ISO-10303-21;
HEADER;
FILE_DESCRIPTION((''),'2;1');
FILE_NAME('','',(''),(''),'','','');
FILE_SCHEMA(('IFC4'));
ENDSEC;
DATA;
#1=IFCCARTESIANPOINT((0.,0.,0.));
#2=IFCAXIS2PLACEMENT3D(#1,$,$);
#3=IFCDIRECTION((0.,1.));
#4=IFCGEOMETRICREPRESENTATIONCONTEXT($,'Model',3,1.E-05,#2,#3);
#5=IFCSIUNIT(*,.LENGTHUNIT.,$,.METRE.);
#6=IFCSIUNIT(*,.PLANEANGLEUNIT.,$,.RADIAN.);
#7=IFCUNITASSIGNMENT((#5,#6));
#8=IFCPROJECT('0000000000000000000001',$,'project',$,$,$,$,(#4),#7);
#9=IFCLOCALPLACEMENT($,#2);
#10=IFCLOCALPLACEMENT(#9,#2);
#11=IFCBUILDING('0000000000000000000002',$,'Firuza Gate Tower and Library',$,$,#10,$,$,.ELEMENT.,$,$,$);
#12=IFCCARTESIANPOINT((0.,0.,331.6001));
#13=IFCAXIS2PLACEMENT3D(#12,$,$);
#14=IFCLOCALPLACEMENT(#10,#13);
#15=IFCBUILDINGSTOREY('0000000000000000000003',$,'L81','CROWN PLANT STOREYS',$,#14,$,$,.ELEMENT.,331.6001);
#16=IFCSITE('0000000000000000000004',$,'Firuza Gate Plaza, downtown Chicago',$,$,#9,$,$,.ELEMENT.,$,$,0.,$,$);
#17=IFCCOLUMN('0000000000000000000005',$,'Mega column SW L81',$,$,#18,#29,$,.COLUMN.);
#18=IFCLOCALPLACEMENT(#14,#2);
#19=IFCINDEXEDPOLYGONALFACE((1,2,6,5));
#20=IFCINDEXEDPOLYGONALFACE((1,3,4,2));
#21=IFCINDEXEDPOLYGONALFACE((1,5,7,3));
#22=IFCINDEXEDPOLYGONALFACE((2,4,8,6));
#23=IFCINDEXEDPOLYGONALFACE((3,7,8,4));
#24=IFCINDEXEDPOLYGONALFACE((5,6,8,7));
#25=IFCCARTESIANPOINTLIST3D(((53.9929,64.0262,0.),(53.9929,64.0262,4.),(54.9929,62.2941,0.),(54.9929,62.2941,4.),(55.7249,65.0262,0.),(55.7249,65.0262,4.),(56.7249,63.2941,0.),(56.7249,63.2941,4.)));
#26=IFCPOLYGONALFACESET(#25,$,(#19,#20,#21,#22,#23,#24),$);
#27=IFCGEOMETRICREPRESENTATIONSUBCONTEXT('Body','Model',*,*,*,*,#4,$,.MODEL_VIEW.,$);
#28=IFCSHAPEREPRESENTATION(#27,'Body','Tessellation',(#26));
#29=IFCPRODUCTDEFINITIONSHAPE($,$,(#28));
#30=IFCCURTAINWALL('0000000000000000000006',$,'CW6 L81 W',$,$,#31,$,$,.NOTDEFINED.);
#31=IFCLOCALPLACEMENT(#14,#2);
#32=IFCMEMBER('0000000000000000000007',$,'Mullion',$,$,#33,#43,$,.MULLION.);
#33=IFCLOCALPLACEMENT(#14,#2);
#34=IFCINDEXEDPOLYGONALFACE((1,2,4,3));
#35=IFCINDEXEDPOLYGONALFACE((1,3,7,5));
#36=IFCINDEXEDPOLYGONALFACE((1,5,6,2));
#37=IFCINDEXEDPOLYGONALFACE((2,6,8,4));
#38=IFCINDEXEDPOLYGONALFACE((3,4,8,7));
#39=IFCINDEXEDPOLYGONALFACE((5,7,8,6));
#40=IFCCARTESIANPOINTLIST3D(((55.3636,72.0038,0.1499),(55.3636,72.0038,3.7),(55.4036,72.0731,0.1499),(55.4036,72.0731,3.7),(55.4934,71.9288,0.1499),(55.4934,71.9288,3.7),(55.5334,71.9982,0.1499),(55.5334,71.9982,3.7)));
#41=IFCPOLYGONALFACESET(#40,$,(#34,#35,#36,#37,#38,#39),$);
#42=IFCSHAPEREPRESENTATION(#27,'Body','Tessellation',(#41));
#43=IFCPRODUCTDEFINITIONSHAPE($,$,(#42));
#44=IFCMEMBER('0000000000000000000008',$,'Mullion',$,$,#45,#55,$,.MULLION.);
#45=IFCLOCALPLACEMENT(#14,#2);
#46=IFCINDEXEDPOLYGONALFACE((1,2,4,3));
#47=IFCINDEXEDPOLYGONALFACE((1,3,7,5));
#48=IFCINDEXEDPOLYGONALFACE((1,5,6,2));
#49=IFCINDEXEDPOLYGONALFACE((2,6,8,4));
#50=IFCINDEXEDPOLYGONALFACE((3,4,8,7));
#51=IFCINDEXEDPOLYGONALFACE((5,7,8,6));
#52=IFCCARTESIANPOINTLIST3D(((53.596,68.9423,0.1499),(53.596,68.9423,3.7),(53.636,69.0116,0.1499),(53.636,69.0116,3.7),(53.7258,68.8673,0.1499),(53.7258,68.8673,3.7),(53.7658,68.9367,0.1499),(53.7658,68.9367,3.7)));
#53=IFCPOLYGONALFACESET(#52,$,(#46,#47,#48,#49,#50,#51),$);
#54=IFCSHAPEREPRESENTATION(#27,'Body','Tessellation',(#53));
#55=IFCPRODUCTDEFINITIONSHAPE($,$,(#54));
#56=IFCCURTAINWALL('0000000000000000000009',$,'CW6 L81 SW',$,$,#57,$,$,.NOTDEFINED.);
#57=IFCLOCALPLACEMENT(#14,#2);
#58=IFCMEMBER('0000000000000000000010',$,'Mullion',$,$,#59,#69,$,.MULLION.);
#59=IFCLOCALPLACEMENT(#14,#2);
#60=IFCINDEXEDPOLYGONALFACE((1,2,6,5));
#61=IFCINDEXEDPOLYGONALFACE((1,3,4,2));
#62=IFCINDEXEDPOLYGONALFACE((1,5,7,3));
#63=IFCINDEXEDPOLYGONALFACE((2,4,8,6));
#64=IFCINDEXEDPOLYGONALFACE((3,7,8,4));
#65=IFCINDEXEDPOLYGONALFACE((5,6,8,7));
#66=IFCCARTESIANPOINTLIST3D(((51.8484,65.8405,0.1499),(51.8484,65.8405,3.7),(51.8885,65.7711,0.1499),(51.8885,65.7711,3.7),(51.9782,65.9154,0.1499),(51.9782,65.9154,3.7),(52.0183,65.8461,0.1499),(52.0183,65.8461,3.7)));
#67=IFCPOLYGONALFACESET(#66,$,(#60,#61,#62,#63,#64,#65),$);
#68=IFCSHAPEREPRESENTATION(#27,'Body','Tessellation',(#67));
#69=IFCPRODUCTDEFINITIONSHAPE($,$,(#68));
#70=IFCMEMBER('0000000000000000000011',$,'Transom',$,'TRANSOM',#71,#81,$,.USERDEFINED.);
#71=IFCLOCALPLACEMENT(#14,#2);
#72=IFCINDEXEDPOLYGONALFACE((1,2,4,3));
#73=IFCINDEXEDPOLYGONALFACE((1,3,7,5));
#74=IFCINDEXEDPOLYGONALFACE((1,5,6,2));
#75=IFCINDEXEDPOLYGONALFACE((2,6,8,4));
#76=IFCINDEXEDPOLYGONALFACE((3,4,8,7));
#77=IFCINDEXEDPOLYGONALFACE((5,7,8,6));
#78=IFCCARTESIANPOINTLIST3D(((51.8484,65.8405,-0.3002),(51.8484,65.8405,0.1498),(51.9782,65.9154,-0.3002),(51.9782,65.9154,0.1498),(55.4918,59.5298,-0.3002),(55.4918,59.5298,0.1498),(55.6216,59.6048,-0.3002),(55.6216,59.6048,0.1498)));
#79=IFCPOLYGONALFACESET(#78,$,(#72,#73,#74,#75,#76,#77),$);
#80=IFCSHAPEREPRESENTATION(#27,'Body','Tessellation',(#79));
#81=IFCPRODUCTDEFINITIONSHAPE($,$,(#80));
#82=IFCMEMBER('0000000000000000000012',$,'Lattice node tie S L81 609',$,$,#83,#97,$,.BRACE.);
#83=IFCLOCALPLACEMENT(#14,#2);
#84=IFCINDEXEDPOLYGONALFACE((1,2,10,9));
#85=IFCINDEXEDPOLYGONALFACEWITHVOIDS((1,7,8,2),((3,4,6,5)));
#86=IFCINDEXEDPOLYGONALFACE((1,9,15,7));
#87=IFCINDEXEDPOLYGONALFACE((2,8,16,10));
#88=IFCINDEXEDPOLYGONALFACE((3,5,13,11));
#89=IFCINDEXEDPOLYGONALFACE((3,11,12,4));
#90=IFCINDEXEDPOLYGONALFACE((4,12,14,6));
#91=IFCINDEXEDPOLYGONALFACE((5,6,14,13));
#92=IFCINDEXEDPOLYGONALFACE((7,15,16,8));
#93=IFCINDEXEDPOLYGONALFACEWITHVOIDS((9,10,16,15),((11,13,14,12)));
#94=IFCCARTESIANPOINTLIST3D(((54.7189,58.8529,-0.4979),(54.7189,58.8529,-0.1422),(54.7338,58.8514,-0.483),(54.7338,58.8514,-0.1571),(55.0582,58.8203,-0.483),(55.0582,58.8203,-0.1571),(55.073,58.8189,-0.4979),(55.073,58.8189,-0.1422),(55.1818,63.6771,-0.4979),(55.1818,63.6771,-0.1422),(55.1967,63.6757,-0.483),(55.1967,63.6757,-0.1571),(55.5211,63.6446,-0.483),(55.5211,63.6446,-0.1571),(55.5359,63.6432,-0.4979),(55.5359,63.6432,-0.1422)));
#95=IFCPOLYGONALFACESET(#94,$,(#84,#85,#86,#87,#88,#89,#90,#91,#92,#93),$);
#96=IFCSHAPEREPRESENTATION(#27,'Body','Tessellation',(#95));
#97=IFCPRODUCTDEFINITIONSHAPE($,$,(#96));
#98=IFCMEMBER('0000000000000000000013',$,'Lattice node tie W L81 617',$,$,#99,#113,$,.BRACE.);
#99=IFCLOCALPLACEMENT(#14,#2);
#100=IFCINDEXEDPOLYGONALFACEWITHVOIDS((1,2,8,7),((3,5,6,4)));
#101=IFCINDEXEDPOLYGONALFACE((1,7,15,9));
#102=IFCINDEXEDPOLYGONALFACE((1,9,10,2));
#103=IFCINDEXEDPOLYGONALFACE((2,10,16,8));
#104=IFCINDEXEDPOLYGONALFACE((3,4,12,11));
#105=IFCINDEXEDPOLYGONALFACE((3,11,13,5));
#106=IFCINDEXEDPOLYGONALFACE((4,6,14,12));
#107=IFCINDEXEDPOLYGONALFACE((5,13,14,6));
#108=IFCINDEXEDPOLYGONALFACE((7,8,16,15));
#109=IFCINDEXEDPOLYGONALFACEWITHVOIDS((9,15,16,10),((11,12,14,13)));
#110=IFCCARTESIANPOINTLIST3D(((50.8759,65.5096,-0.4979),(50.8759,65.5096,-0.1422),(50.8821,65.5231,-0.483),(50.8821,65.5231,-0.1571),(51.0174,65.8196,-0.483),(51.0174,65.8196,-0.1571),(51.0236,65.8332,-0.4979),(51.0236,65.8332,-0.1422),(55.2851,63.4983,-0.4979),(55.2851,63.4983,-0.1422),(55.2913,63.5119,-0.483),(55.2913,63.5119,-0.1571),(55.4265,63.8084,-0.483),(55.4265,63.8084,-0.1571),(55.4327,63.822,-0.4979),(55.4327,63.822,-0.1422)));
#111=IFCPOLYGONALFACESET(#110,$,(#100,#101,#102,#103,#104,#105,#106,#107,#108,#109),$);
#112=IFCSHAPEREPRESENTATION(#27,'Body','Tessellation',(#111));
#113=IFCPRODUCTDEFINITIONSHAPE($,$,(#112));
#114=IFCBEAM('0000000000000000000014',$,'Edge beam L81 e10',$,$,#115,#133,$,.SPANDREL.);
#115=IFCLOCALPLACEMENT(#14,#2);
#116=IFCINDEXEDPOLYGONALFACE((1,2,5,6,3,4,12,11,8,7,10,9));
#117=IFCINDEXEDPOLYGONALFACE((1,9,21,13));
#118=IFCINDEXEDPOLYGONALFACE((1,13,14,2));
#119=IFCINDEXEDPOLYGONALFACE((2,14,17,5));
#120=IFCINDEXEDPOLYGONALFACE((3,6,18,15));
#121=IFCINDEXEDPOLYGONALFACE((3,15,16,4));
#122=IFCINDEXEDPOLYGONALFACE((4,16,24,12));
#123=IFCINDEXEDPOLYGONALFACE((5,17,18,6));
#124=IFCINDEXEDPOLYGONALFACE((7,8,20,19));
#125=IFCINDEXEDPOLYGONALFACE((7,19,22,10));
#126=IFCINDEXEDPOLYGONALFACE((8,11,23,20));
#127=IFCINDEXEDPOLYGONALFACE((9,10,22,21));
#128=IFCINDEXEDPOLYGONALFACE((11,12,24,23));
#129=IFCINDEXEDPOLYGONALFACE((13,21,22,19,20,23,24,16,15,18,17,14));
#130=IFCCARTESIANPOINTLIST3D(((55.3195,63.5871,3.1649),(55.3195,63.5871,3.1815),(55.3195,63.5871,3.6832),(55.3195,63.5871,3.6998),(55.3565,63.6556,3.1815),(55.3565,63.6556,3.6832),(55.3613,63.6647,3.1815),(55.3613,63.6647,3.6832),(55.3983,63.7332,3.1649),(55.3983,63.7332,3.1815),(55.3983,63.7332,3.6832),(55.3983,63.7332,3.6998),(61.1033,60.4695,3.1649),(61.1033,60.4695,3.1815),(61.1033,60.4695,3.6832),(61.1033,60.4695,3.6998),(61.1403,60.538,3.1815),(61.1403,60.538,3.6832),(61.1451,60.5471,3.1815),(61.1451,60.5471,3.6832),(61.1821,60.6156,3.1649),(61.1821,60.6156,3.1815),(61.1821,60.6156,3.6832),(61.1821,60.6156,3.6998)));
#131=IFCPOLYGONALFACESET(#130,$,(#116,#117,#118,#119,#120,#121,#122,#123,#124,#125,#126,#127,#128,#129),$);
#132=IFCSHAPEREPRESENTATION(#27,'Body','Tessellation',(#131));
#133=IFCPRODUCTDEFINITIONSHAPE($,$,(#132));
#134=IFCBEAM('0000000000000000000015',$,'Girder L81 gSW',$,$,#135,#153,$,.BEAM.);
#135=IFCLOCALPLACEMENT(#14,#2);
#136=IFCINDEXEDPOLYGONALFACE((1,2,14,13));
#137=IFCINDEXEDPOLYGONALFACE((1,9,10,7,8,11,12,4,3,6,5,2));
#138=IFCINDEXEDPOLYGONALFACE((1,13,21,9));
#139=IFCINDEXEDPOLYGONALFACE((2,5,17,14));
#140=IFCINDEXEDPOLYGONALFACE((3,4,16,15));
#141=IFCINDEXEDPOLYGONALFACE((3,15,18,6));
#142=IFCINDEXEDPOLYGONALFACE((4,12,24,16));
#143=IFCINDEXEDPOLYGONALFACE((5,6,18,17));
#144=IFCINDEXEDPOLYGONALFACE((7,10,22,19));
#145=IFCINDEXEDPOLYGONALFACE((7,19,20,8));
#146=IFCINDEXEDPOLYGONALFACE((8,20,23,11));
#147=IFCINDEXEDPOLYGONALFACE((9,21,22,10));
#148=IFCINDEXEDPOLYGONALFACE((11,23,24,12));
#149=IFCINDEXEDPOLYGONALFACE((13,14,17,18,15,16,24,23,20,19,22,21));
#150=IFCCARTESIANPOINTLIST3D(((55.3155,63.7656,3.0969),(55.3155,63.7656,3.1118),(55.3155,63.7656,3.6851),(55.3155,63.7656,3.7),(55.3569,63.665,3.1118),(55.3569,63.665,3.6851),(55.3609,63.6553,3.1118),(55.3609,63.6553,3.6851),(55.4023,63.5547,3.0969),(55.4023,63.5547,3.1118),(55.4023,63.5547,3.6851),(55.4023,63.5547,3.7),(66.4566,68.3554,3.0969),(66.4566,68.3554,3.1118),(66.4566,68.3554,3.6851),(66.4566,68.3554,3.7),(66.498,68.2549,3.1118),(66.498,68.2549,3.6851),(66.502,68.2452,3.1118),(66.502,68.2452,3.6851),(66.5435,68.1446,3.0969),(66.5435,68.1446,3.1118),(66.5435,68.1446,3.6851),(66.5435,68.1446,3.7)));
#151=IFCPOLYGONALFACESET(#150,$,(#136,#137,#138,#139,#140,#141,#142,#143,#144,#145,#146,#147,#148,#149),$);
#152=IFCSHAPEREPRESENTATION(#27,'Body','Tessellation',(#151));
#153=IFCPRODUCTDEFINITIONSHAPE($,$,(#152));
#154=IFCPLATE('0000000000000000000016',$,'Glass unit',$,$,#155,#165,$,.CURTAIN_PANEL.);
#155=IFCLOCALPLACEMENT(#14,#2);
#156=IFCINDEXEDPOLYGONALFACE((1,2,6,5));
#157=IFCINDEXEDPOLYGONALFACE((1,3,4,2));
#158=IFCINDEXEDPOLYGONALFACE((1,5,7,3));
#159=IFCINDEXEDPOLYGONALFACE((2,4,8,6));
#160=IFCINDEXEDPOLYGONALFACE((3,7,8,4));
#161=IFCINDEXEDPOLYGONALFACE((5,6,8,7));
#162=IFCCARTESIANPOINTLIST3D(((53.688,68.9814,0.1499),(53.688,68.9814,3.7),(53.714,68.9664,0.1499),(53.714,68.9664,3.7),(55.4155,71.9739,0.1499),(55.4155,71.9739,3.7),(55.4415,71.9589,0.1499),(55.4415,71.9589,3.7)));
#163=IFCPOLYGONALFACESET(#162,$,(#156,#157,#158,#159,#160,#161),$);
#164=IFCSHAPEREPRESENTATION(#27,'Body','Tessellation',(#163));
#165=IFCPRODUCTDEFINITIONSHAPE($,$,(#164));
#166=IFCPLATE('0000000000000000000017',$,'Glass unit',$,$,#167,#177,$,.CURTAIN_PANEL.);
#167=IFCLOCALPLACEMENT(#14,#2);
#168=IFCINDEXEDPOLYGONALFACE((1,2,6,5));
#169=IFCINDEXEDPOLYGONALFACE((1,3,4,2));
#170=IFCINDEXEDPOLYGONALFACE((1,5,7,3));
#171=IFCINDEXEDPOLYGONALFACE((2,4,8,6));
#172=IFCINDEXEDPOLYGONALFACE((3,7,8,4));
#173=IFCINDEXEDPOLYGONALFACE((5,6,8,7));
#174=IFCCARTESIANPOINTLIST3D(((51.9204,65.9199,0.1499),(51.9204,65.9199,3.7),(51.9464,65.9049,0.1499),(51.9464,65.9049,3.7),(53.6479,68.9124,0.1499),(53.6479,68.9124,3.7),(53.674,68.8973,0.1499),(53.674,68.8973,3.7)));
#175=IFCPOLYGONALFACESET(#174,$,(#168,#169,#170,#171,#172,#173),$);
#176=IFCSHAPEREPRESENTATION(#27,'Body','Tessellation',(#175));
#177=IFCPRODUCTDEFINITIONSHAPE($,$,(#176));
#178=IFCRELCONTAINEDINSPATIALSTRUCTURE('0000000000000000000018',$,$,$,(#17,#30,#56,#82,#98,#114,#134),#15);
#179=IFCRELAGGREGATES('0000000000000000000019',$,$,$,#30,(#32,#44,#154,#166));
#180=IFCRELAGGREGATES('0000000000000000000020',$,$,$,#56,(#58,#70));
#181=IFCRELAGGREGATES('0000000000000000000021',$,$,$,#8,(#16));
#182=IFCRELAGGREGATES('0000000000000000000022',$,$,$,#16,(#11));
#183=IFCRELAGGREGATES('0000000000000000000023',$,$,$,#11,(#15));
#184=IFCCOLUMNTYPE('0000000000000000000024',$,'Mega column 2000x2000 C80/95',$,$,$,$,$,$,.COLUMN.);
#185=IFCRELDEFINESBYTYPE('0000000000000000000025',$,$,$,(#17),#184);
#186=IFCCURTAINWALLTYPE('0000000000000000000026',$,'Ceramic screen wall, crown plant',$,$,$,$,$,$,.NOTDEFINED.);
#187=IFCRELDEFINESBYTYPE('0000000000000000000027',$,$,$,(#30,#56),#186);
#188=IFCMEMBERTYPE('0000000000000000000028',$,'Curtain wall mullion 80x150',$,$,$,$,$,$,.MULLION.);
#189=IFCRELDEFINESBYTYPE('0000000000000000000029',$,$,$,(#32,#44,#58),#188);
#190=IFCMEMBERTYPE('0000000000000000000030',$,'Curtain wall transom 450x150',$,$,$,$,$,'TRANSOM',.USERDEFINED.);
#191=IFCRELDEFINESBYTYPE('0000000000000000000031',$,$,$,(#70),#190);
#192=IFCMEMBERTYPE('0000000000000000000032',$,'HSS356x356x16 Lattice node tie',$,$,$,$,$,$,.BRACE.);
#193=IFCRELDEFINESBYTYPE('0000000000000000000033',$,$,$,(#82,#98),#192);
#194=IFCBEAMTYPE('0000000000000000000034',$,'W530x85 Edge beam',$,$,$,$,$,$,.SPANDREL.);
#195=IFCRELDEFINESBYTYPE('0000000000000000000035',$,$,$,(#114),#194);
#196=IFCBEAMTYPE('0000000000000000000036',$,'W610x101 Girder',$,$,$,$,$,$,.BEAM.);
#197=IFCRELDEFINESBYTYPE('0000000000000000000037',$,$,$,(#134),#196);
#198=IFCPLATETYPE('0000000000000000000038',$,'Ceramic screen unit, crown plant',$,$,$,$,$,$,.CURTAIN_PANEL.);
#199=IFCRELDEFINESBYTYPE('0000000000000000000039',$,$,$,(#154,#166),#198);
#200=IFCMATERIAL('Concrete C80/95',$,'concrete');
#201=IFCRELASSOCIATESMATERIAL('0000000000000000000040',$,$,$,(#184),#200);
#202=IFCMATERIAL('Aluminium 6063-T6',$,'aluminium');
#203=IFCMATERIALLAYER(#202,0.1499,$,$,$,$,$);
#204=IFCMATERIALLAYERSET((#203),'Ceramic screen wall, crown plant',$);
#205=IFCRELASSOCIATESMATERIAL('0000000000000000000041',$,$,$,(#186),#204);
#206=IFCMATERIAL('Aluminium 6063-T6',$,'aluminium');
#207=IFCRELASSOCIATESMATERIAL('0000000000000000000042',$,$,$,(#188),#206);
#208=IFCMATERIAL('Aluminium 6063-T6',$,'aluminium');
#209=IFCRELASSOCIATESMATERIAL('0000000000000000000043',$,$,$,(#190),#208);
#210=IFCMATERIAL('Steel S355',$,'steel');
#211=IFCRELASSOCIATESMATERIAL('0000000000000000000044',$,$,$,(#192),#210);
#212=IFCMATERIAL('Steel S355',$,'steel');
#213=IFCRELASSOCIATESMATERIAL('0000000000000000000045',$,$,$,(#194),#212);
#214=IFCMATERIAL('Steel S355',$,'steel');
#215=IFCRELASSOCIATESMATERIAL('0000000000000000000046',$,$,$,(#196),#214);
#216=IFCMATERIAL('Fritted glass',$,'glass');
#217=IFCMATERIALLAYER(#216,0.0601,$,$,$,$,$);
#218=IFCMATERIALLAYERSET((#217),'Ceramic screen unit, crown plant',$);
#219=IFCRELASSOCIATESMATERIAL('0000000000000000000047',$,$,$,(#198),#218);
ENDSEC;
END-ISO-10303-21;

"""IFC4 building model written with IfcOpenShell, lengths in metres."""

from ifc_helpers import new_model, si_unit, direction, frame, origin, origin_2d, place, context, subcontext, project, spatial, polyline, rectangle, hollow_rectangle, i_section, outline, extrude, material, layer, layer_set, material_profile, profile_set, type_object, element, aggregate, save


model = new_model("IFC4")

# Units and contexts
model_context = context("Model", 3, precision=1e-05, world=origin(), true_north=direction((0.0, 1.0)))
body_context = subcontext(model_context, "Body", "Model", "MODEL_VIEW")
ifc_project = project(units=[si_unit("LENGTHUNIT", "METRE"), si_unit("PLANEANGLEUNIT", "RADIAN")], contexts=[model_context])

# Site, building, storey
site_placement = place(None, origin())
site = spatial("IfcSite", under=ifc_project, at=site_placement, Name="Firuza Gate Plaza, downtown Chicago", CompositionType="ELEMENT", RefElevation=0.0)
building_placement = place(site_placement, origin())
building = spatial("IfcBuilding", under=site, at=building_placement, Name="Firuza Gate Tower and Library", CompositionType="ELEMENT")
storey_placement = place(building_placement, frame((0.0, 0.0, 331.6001)))
storey = spatial("IfcBuildingStorey", under=building, at=storey_placement, Name="L81", Description="CROWN PLANT STOREYS", CompositionType="ELEMENT", Elevation=331.6001)

# Column
ifc_material_1 = material(Name="Concrete C80/95", Category="concrete")
ifc_material_profile_1 = material_profile(ifc_material_1, rectangle(XDim=2.0, YDim=2.0, at=origin_2d()))
ifc_profile_set_1 = profile_set([ifc_material_profile_1], Name="Concrete C80/95")
column_type = type_object("IfcColumnType", Name="Mega column 2000x2000 C80/95", PredefinedType="COLUMN", material=ifc_profile_set_1)
column_placement = place(storey_placement, frame((55.3589, 63.6602, 0.0), z_axis=(0.0, 0.0, 1.0), x_axis=(0.5, -0.866025, 0.0)))
element("IfcColumn", 1, at=column_placement, inside=storey, type_object=column_type, Name="Mega column SW L81", PredefinedType="COLUMN", context=body_context, shape_type="SweptSolid", body=[
    extrude(rectangle(XDim=2.0, YDim=2.0, at=origin_2d()), origin(), (0.0, 0.0, 1.0), 4.0),
])

# Curtain walls, members
ifc_material_2 = material(Name="Aluminium 6063-T6", Category="aluminium")
ifc_layer_1 = layer(ifc_material_2, 0.1499)
ifc_layer_set_1 = layer_set([ifc_layer_1], Name="Ceramic screen wall, crown plant")
curtain_wall_type = type_object("IfcCurtainWallType", Name="Ceramic screen wall, crown plant", PredefinedType="NOTDEFINED", material=ifc_layer_set_1)
placement = place(storey_placement, origin())
curtain_wall_1 = element("IfcCurtainWall", 2, at=placement, inside=storey, type_object=curtain_wall_type, Name="CW6 L81 W", PredefinedType="NOTDEFINED")
ifc_material_3 = material(Name="Aluminium 6063-T6", Category="aluminium")
ifc_material_profile_2 = material_profile(ifc_material_3, rectangle(XDim=0.1499, YDim=0.0801, at=origin_2d()))
ifc_profile_set_2 = profile_set([ifc_material_profile_2], Name="Aluminium 6063-T6")
member_type_1 = type_object("IfcMemberType", Name="Curtain wall mullion 80x150", PredefinedType="MULLION", material=ifc_profile_set_2)
member_1_placement = place(storey_placement, frame((55.4485, 72.001, 0.1499), z_axis=(0.0, 0.0, 1.0), x_axis=(0.866025, -0.5, 0.0)))
member_1 = element("IfcMember", 3, at=member_1_placement, type_object=member_type_1, Name="Mullion", PredefinedType="MULLION", context=body_context, shape_type="SweptSolid", body=[
    extrude(rectangle(XDim=0.1499, YDim=0.0801, at=origin_2d()), origin(), (0.0, 0.0, 1.0), 3.55),
])
member_2_placement = place(storey_placement, frame((53.6809, 68.9395, 0.1499), z_axis=(0.0, 0.0, 1.0), x_axis=(0.866025, -0.5, 0.0)))
member_2 = element("IfcMember", 4, at=member_2_placement, type_object=member_type_1, Name="Mullion", PredefinedType="MULLION", context=body_context, shape_type="SweptSolid", body=[
    extrude(rectangle(XDim=0.1499, YDim=0.0801, at=origin_2d()), origin(), (0.0, 0.0, 1.0), 3.55),
])
curtain_wall_2 = element("IfcCurtainWall", 5, at=placement, inside=storey, type_object=curtain_wall_type, Name="CW6 L81 SW", PredefinedType="NOTDEFINED")
member_3_placement = place(storey_placement, frame((51.9333, 65.8433, 0.1499), z_axis=(0.0, 0.0, 1.0), x_axis=(0.866025, 0.5, 0.0)))
member_3 = element("IfcMember", 6, at=member_3_placement, type_object=member_type_1, Name="Mullion", PredefinedType="MULLION", context=body_context, shape_type="SweptSolid", body=[
    extrude(rectangle(XDim=0.1499, YDim=0.0801, at=origin_2d()), origin(), (0.0, 0.0, 1.0), 3.55),
])
ifc_material_4 = material(Name="Aluminium 6063-T6", Category="aluminium")
ifc_material_profile_3 = material_profile(ifc_material_4, rectangle(XDim=0.1499, YDim=0.45, at=origin_2d()))
ifc_profile_set_3 = profile_set([ifc_material_profile_3], Name="Aluminium 6063-T6")
member_type_2 = type_object("IfcMemberType", Name="Curtain wall transom 450x150", ElementType="TRANSOM", PredefinedType="USERDEFINED", material=ifc_profile_set_3)
member_4_placement = place(storey_placement, frame((51.9133, 65.8779, -0.0752), z_axis=(0.499991, -0.86603, 0.0), x_axis=(0.86603, 0.499991, 0.0)))
member_4 = element("IfcMember", 7, at=member_4_placement, type_object=member_type_2, Name="Transom", ObjectType="TRANSOM", PredefinedType="USERDEFINED", context=body_context, shape_type="SweptSolid", body=[
    extrude(rectangle(XDim=0.1499, YDim=0.45, at=origin_2d()), origin(), (0.0, 0.0, 1.0), 7.2869),
])

# Members
ifc_material_5 = material(Name="Steel S355", Category="steel")
ifc_material_profile_4 = material_profile(ifc_material_5, hollow_rectangle(XDim=0.3557, YDim=0.3557, WallThickness=0.0149, at=origin_2d()))
ifc_profile_set_4 = profile_set([ifc_material_profile_4], Name="Steel S355")
member_type_3 = type_object("IfcMemberType", Name="HSS356x356x16 Lattice node tie", PredefinedType="BRACE", material=ifc_profile_set_4)
member_5_placement = place(storey_placement, frame((55.3589, 63.6602, -0.3201), z_axis=(-0.095513, -0.995428, 0.0), x_axis=(0.995428, -0.095513, 0.0)))
element("IfcMember", 8, at=member_5_placement, inside=storey, type_object=member_type_3, Name="Lattice node tie S L81 609", PredefinedType="BRACE", context=body_context, shape_type="SweptSolid", body=[
    extrude(hollow_rectangle(XDim=0.3557, YDim=0.3557, WallThickness=0.0149, at=origin_2d()), origin(), (0.0, 0.0, 1.0), 4.8464),
])
member_6_placement = place(storey_placement, frame((55.3589, 63.6602, -0.3201), z_axis=(-0.909817, 0.41501, 0.0), x_axis=(-0.41501, -0.909817, 0.0)))
element("IfcMember", 9, at=member_6_placement, inside=storey, type_object=member_type_3, Name="Lattice node tie W L81 617", PredefinedType="BRACE", context=body_context, shape_type="SweptSolid", body=[
    extrude(hollow_rectangle(XDim=0.3557, YDim=0.3557, WallThickness=0.0149, at=origin_2d()), origin(), (0.0, 0.0, 1.0), 4.8462),
])

# Beams
ifc_material_6 = material(Name="Steel S355", Category="steel")
ifc_material_profile_5 = material_profile(ifc_material_6, i_section(OverallWidth=0.166, OverallDepth=0.5349, WebThickness=0.0103, FlangeThickness=0.0166, at=origin_2d()))
ifc_profile_set_5 = profile_set([ifc_material_profile_5], Name="Steel S355")
beam_type_1 = type_object("IfcBeamType", Name="W530x85 Edge beam", PredefinedType="SPANDREL", material=ifc_profile_set_5)
beam_1_placement = place(storey_placement, frame((55.3589, 63.6602, 3.4324), z_axis=(0.880265, -0.474483, 0.0), x_axis=(0.474483, 0.880265, 0.0)))
element("IfcBeam", 10, at=beam_1_placement, inside=storey, type_object=beam_type_1, Name="Edge beam L81 e10", PredefinedType="SPANDREL", context=body_context, shape_type="SweptSolid", body=[
    extrude(i_section(OverallWidth=0.166, OverallDepth=0.5349, WebThickness=0.0103, FlangeThickness=0.0166, at=origin_2d()), origin(), (0.0, 0.0, 1.0), 6.5706),
])
ifc_material_7 = material(Name="Steel S355", Category="steel")
ifc_material_profile_6 = material_profile(ifc_material_7, i_section(OverallWidth=0.228, OverallDepth=0.603, WebThickness=0.0105, FlangeThickness=0.0149, at=origin_2d()))
ifc_profile_set_6 = profile_set([ifc_material_profile_6], Name="Steel S355")
beam_type_2 = type_object("IfcBeamType", Name="W610x101 Girder", PredefinedType="BEAM", material=ifc_profile_set_6)
beam_2_placement = place(storey_placement, frame((55.3589, 63.6602, 3.3984), z_axis=(0.92461, 0.380915, 0.0), x_axis=(-0.380915, 0.92461, 0.0)))
element("IfcBeam", 11, at=beam_2_placement, inside=storey, type_object=beam_type_2, Name="Girder L81 gSW", PredefinedType="BEAM", context=body_context, shape_type="SweptSolid", body=[
    extrude(i_section(OverallWidth=0.228, OverallDepth=0.603, WebThickness=0.0105, FlangeThickness=0.0149, at=origin_2d()), origin(), (0.0, 0.0, 1.0), 12.0496),
])

# Plates
ifc_material_8 = material(Name="Fritted glass", Category="glass")
ifc_layer_2 = layer(ifc_material_8, 0.0601)
ifc_layer_set_2 = layer_set([ifc_layer_2], Name="Ceramic screen unit, crown plant")
plate_type = type_object("IfcPlateType", Name="Ceramic screen unit, crown plant", PredefinedType="CURTAIN_PANEL", material=ifc_layer_set_2)
plate_1_placement = place(storey_placement, frame((55.4155, 71.9739, 0.1499), z_axis=(-0.866043, 0.499969, 0.0), x_axis=(-0.499969, -0.866043, 0.0)))
plate_1 = element("IfcPlate", 12, at=plate_1_placement, type_object=plate_type, Name="Glass unit", PredefinedType="CURTAIN_PANEL", context=body_context, shape_type="SweptSolid", body=[
    extrude(outline(polyline([(0.0, 0.0), (3.4553, 0.0), (3.4553, 3.55), (0.0, 3.55), (0.0, 0.0)])), origin(), (0.0, 0.0, -1.0), 0.03),
])
plate_2_placement = place(storey_placement, frame((53.6479, 68.9124, 0.1499), z_axis=(-0.866043, 0.499969, 0.0), x_axis=(-0.499969, -0.866043, 0.0)))
plate_2 = element("IfcPlate", 13, at=plate_2_placement, type_object=plate_type, Name="Glass unit", PredefinedType="CURTAIN_PANEL", context=body_context, shape_type="SweptSolid", body=[
    extrude(outline(polyline([(0.0, 0.0), (3.4553, 0.0), (3.4553, 3.55), (0.0, 3.55), (0.0, 0.0)])), origin(), (0.0, 0.0, -1.0), 0.03),
])
aggregate(curtain_wall_1, [member_1, member_2, plate_1, plate_2])
aggregate(curtain_wall_2, [member_3, member_4])

save(model, "model.ifc")
